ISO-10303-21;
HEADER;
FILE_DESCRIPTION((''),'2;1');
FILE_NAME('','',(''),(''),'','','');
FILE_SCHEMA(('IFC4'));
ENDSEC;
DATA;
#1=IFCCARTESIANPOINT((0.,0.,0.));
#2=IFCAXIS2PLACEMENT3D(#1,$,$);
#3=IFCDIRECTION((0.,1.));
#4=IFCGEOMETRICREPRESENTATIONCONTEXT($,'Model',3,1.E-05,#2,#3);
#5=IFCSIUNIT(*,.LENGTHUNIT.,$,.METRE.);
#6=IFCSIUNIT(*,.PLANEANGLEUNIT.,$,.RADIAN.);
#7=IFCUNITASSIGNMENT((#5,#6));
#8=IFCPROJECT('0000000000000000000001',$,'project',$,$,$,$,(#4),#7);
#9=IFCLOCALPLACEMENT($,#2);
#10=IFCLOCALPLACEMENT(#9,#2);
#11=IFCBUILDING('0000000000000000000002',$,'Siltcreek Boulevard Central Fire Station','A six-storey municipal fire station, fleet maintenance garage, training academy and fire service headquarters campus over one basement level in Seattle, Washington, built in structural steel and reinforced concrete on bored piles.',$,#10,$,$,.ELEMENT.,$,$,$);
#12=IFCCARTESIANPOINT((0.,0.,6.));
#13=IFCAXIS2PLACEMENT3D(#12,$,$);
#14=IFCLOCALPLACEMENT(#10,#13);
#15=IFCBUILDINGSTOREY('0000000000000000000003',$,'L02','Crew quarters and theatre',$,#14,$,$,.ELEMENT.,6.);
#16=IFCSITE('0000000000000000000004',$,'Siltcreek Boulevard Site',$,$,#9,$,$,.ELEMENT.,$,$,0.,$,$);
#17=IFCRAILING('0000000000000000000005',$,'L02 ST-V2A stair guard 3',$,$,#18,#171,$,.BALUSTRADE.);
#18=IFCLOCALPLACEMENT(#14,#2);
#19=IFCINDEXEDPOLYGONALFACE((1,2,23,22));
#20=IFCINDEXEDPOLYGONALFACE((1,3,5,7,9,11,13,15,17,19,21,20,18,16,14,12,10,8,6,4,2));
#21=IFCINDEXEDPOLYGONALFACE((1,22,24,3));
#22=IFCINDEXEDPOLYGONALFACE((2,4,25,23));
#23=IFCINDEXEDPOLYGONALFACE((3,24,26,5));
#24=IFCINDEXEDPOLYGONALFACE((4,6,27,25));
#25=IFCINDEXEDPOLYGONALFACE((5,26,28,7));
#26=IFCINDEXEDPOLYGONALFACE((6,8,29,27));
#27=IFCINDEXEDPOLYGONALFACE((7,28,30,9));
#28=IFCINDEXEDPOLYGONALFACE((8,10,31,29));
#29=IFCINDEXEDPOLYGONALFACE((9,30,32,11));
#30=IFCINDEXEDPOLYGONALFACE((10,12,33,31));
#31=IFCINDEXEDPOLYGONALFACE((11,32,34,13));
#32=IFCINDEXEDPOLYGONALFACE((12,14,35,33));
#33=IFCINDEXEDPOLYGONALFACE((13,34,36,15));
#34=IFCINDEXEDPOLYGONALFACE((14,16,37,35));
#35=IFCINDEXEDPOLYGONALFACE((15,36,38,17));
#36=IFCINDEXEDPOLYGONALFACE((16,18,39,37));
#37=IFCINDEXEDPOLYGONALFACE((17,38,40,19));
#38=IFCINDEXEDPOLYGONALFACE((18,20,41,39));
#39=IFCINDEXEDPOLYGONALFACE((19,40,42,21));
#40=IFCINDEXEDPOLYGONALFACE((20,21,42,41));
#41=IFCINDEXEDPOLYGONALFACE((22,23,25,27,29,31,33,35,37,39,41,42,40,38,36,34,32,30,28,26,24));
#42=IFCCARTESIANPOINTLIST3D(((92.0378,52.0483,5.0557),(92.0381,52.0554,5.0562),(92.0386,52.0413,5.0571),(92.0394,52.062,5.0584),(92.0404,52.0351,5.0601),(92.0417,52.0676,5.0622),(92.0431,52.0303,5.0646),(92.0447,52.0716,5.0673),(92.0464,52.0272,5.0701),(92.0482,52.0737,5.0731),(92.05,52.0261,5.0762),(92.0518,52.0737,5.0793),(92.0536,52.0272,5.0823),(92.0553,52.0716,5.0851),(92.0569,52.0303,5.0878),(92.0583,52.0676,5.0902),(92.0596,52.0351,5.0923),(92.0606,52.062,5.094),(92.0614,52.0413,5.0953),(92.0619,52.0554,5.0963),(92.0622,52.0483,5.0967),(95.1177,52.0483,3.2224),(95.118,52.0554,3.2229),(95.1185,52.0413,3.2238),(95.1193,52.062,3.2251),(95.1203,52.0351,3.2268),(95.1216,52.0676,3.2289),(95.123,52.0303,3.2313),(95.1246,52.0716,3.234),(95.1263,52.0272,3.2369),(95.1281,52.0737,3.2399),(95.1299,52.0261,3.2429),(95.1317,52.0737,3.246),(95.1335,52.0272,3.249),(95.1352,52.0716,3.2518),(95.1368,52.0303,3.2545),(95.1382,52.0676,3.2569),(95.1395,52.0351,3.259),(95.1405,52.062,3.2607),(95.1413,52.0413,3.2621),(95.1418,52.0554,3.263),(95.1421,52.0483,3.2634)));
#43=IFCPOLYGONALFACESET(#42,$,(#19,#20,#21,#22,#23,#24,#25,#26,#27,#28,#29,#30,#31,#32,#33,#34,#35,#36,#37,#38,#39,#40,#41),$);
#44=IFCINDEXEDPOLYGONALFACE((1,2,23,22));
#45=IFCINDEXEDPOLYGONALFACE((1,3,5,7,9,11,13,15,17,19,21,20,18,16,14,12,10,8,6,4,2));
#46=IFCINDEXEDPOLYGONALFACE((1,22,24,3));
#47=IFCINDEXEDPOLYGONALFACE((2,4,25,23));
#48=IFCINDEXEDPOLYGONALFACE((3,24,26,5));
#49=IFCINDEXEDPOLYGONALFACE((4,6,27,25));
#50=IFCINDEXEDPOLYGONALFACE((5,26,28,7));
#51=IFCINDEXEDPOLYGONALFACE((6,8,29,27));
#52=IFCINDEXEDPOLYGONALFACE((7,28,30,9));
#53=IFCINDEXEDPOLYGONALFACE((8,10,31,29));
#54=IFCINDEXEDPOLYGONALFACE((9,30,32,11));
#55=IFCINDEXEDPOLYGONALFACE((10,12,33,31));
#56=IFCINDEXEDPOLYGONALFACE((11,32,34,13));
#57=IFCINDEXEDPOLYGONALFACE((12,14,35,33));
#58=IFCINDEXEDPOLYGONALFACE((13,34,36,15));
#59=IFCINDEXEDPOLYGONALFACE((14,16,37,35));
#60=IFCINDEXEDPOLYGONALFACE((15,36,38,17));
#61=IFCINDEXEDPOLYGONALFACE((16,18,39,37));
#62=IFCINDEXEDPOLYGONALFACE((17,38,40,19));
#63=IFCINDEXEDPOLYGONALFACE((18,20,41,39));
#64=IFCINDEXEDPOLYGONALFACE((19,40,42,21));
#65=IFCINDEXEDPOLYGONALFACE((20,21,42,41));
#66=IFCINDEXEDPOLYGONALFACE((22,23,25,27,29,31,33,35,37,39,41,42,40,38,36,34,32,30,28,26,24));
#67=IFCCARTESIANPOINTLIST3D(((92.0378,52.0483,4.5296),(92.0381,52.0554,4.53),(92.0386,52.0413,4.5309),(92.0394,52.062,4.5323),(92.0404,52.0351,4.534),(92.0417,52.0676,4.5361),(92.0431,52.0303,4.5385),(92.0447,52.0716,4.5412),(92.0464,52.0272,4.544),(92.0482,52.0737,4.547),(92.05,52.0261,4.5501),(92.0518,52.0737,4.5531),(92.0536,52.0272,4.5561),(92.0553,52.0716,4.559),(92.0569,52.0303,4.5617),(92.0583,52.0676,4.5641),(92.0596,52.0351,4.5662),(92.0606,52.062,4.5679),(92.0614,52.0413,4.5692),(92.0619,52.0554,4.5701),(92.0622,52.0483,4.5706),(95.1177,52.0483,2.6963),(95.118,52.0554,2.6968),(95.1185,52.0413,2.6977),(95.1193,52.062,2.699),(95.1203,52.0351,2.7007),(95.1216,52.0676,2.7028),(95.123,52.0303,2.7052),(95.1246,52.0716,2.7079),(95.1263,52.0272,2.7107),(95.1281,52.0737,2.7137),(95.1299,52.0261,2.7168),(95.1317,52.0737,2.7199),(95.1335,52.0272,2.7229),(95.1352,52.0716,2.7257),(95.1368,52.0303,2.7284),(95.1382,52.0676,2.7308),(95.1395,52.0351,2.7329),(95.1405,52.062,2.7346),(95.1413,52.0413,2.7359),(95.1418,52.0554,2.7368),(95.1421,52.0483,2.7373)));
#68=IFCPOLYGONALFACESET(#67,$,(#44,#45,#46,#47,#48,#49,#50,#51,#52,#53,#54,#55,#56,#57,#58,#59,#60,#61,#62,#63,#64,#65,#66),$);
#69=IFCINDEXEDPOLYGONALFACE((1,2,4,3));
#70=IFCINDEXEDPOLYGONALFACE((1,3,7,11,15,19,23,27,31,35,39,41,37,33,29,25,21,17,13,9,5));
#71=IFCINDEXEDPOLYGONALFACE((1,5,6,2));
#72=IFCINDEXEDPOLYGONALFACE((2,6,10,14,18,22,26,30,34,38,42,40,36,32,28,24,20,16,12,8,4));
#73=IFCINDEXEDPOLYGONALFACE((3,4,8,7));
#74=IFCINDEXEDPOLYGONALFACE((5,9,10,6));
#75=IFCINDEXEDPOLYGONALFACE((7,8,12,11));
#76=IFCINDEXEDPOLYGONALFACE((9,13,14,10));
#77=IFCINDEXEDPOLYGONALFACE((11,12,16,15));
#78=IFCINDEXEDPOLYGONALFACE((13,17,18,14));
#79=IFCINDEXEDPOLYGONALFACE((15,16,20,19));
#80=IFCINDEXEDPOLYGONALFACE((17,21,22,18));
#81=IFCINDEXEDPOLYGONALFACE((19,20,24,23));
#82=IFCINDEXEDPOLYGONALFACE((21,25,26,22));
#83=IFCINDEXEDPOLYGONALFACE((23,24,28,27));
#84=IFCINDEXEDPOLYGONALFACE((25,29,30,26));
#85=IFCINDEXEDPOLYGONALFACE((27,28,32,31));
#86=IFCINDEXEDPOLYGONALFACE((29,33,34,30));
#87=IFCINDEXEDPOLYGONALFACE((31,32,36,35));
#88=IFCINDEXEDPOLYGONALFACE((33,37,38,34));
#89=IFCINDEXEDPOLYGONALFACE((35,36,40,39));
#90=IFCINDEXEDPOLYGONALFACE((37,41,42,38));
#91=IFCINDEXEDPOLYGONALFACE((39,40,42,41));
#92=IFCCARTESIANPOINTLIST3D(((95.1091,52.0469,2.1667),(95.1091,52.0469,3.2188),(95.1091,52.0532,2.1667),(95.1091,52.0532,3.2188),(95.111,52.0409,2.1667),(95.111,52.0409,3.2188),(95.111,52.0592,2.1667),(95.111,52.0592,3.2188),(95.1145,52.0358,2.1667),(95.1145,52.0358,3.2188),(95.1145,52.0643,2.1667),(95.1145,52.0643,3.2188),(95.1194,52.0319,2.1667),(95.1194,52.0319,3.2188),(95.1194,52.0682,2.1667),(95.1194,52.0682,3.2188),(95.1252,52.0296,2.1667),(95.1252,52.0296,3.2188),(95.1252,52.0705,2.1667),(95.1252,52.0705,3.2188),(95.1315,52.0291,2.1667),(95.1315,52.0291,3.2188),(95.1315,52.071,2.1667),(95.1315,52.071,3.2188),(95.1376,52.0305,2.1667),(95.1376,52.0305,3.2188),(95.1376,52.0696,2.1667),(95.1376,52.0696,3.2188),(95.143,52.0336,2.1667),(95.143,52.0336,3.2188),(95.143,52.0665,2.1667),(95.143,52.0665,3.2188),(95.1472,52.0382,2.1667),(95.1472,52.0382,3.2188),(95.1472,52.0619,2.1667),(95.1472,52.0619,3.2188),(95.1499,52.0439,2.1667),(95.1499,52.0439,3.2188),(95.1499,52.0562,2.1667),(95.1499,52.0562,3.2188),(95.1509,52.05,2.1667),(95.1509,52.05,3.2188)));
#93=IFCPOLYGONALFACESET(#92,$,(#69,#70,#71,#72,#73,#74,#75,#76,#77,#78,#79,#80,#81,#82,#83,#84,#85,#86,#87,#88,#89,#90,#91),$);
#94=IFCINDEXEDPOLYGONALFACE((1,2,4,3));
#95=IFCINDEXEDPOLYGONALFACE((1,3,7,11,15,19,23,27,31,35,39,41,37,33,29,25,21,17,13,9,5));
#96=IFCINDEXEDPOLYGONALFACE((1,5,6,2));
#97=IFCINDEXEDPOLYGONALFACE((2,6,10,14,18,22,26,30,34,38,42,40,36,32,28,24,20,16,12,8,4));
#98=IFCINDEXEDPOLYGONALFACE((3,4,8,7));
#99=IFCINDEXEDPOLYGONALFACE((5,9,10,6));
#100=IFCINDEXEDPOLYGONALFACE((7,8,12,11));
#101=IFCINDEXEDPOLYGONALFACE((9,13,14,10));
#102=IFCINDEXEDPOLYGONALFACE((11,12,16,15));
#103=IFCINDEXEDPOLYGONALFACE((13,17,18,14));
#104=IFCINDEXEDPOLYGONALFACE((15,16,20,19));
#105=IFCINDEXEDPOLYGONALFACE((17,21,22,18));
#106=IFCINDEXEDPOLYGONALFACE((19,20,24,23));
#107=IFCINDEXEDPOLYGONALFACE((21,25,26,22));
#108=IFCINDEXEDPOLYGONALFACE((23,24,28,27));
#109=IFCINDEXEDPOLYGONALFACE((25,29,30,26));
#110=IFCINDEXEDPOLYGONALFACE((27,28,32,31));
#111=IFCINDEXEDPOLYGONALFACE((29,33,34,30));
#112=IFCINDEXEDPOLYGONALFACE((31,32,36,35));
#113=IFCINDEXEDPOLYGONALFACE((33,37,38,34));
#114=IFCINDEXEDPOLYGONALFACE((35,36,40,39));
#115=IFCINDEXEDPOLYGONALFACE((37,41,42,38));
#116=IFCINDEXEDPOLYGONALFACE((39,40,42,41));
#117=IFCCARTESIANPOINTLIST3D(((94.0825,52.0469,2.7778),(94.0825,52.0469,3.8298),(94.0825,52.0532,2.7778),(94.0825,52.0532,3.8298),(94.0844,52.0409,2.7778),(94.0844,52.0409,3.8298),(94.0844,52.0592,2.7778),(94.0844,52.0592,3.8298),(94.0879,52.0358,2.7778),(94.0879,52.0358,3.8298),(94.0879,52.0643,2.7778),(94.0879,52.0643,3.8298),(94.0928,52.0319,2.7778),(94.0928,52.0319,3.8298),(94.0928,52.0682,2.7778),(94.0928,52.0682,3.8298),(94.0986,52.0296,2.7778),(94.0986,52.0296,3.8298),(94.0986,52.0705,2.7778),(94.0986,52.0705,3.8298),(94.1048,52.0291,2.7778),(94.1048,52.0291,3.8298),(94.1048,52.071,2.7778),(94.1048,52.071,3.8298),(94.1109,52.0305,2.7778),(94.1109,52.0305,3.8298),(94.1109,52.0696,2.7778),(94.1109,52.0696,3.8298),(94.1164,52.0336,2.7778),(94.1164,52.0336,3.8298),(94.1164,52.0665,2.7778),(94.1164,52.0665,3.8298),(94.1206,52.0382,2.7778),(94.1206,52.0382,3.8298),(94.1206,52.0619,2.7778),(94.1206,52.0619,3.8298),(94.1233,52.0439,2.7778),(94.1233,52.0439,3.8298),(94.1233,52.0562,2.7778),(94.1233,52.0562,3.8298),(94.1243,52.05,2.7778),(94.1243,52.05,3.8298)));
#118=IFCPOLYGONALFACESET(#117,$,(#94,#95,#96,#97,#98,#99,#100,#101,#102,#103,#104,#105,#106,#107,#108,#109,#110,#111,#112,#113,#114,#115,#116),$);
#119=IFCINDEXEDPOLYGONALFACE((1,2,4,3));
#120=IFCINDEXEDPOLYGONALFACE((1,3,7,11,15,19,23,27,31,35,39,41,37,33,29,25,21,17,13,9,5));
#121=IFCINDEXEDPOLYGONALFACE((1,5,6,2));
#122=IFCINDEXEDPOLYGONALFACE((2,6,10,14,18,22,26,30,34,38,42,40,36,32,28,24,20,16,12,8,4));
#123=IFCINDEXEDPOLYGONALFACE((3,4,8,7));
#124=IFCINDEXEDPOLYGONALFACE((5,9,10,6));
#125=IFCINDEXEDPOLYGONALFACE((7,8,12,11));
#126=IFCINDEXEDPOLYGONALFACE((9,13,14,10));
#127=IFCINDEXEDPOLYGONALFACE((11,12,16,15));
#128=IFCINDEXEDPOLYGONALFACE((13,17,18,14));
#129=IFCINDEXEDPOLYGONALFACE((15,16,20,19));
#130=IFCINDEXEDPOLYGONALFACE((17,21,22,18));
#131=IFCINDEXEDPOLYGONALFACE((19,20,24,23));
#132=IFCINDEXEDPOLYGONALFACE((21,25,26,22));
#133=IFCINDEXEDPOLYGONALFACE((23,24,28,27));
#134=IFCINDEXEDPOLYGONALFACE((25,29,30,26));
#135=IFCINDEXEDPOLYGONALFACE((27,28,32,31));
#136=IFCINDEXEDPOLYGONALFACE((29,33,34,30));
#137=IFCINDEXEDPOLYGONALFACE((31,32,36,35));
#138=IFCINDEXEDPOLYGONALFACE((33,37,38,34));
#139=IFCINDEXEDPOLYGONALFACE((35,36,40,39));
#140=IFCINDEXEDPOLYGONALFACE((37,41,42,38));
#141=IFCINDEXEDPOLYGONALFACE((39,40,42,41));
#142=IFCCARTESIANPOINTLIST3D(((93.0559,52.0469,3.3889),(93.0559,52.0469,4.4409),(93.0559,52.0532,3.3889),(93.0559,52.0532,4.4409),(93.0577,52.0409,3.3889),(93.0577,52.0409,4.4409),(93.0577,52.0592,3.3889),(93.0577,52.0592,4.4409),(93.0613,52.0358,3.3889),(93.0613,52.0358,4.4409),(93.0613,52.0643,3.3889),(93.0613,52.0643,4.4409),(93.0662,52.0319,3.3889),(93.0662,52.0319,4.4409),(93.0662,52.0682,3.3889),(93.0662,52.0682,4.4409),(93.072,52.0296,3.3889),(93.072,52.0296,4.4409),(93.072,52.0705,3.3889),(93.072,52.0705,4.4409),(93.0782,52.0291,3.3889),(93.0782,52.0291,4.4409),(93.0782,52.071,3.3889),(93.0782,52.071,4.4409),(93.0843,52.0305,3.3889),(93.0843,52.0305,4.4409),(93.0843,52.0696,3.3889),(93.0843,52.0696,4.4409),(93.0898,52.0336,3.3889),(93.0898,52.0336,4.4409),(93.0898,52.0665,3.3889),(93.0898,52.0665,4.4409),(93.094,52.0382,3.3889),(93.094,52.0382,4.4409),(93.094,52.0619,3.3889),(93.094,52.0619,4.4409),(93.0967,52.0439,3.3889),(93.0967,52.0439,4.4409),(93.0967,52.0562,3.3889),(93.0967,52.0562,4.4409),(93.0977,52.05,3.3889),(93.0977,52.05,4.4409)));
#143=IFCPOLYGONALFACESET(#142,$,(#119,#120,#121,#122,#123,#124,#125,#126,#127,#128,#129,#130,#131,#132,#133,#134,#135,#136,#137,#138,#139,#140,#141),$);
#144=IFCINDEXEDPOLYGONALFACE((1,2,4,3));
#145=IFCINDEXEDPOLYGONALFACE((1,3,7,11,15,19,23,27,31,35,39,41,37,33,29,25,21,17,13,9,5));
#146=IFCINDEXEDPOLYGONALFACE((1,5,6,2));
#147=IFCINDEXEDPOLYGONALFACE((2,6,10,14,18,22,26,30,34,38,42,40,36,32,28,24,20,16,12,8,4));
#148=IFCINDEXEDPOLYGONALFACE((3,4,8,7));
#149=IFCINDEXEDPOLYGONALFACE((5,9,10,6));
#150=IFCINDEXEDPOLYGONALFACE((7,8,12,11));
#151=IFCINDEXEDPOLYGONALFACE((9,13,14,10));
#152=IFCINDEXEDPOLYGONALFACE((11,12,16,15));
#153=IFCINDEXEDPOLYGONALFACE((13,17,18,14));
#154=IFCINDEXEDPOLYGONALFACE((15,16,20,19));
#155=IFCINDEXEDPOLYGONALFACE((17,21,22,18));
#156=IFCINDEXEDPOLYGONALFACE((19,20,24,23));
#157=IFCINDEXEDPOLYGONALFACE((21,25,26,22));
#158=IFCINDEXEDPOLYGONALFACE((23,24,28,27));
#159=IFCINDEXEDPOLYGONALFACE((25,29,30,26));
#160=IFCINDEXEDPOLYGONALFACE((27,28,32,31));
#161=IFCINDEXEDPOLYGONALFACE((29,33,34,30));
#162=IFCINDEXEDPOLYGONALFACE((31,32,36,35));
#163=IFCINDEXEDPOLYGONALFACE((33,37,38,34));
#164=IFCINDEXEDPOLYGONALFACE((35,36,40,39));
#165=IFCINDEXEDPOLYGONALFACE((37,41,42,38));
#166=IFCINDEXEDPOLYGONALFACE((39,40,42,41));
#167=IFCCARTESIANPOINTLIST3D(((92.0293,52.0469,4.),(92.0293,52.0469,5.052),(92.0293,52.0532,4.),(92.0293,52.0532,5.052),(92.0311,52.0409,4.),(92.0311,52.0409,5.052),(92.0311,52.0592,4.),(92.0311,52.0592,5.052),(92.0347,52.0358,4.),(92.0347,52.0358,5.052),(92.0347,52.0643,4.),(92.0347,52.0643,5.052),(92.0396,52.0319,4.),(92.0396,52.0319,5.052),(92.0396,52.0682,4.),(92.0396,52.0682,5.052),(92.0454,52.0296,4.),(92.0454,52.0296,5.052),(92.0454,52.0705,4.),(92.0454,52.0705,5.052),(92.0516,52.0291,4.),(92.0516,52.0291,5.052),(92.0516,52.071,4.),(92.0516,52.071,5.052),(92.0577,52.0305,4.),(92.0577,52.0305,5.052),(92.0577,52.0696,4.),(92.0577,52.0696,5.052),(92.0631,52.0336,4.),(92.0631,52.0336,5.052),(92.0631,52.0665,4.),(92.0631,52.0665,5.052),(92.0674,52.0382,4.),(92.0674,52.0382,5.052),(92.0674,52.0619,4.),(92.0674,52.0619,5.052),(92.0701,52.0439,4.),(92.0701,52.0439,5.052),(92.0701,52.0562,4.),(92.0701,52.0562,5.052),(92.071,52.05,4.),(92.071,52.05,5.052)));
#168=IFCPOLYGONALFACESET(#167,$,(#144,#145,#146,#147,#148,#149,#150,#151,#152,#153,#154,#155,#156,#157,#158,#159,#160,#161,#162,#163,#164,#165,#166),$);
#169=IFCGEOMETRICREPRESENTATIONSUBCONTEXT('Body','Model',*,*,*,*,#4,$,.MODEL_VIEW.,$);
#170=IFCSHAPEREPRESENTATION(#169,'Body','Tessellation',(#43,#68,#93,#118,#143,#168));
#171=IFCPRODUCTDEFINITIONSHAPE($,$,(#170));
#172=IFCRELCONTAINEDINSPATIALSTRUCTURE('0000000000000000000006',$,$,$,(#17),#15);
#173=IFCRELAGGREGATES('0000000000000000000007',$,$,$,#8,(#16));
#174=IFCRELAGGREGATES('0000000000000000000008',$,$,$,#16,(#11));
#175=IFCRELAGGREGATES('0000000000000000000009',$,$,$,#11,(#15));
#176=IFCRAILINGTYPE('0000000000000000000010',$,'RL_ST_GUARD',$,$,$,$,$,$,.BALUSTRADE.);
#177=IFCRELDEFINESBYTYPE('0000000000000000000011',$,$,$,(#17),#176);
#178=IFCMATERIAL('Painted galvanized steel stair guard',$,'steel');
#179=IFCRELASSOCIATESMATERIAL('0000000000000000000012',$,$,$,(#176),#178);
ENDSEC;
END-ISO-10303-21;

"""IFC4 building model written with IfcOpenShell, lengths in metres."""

from ifc_helpers import new_model, si_unit, direction, frame, origin, origin_2d, place, context, subcontext, project, spatial, circle, extrude, material, type_object, element, save


model = new_model("IFC4")

# Units and contexts
model_context = context("Model", 3, precision=1e-05, world=origin(), true_north=direction((0.0, 1.0)))
body_context = subcontext(model_context, "Body", "Model", "MODEL_VIEW")
ifc_project = project(units=[si_unit("LENGTHUNIT", "METRE"), si_unit("PLANEANGLEUNIT", "RADIAN")], contexts=[model_context])

# Site, building, storey
site_placement = place(None, origin())
site = spatial("IfcSite", under=ifc_project, at=site_placement, Name="Siltcreek Boulevard Site", CompositionType="ELEMENT", RefElevation=0.0)
building_placement = place(site_placement, origin())
building = spatial("IfcBuilding", under=site, at=building_placement, Name="Siltcreek Boulevard Central Fire Station", Description="A six-storey municipal fire station, fleet maintenance garage, training academy and fire service headquarters campus over one basement level in Seattle, Washington, built in structural steel and reinforced concrete on bored piles.", CompositionType="ELEMENT")
storey_placement = place(building_placement, frame((0.0, 0.0, 6.0)))
storey = spatial("IfcBuildingStorey", under=building, at=storey_placement, Name="L02", Description="Crew quarters and theatre", CompositionType="ELEMENT", Elevation=6.0)

# Railing
ifc_material_1 = material(Name="Painted galvanized steel stair guard", Category="steel")
railing_type_1 = type_object("IfcRailingType", Name="RL_ST_GUARD", PredefinedType="BALUSTRADE", material=ifc_material_1)
railing_1_placement = place(storey_placement, frame((95.1299, 52.05, 2.1667)))
element("IfcRailing", 1, at=railing_1_placement, inside=storey, type_object=railing_type_1, Name="L02 ST-V2A stair guard 3", PredefinedType="BALUSTRADE", context=body_context, shape_type="SweptSolid", body=[
    extrude(circle(Radius=0.0239, at=origin_2d()), frame((0.0, 0.0, 1.0762), z_axis=(-0.859291, 0.0, 0.511487), x_axis=(0.0, -1.0, 0.0)), (0.0, 0.0, 1.0), 3.5842),
    extrude(circle(Radius=0.0239, at=origin_2d()), frame((0.0, 0.0, 0.55), z_axis=(-0.859291, 0.0, 0.511487), x_axis=(0.0, -1.0, 0.0)), (0.0, 0.0, 1.0), 3.5842),
    extrude(circle(Radius=0.021, at=origin_2d()), origin(), (0.0, 0.0, 1.0), 1.052),
    extrude(circle(Radius=0.021, at=origin_2d()), frame((-1.0266, 0.0, 0.6111)), (0.0, 0.0, 1.0), 1.052),
    extrude(circle(Radius=0.021, at=origin_2d()), frame((-2.0532, 0.0, 1.2222)), (0.0, 0.0, 1.0), 1.052),
    extrude(circle(Radius=0.021, at=origin_2d()), frame((-3.0798, 0.0, 1.8333)), (0.0, 0.0, 1.0), 1.052),
])

save(model, "model.ifc")
